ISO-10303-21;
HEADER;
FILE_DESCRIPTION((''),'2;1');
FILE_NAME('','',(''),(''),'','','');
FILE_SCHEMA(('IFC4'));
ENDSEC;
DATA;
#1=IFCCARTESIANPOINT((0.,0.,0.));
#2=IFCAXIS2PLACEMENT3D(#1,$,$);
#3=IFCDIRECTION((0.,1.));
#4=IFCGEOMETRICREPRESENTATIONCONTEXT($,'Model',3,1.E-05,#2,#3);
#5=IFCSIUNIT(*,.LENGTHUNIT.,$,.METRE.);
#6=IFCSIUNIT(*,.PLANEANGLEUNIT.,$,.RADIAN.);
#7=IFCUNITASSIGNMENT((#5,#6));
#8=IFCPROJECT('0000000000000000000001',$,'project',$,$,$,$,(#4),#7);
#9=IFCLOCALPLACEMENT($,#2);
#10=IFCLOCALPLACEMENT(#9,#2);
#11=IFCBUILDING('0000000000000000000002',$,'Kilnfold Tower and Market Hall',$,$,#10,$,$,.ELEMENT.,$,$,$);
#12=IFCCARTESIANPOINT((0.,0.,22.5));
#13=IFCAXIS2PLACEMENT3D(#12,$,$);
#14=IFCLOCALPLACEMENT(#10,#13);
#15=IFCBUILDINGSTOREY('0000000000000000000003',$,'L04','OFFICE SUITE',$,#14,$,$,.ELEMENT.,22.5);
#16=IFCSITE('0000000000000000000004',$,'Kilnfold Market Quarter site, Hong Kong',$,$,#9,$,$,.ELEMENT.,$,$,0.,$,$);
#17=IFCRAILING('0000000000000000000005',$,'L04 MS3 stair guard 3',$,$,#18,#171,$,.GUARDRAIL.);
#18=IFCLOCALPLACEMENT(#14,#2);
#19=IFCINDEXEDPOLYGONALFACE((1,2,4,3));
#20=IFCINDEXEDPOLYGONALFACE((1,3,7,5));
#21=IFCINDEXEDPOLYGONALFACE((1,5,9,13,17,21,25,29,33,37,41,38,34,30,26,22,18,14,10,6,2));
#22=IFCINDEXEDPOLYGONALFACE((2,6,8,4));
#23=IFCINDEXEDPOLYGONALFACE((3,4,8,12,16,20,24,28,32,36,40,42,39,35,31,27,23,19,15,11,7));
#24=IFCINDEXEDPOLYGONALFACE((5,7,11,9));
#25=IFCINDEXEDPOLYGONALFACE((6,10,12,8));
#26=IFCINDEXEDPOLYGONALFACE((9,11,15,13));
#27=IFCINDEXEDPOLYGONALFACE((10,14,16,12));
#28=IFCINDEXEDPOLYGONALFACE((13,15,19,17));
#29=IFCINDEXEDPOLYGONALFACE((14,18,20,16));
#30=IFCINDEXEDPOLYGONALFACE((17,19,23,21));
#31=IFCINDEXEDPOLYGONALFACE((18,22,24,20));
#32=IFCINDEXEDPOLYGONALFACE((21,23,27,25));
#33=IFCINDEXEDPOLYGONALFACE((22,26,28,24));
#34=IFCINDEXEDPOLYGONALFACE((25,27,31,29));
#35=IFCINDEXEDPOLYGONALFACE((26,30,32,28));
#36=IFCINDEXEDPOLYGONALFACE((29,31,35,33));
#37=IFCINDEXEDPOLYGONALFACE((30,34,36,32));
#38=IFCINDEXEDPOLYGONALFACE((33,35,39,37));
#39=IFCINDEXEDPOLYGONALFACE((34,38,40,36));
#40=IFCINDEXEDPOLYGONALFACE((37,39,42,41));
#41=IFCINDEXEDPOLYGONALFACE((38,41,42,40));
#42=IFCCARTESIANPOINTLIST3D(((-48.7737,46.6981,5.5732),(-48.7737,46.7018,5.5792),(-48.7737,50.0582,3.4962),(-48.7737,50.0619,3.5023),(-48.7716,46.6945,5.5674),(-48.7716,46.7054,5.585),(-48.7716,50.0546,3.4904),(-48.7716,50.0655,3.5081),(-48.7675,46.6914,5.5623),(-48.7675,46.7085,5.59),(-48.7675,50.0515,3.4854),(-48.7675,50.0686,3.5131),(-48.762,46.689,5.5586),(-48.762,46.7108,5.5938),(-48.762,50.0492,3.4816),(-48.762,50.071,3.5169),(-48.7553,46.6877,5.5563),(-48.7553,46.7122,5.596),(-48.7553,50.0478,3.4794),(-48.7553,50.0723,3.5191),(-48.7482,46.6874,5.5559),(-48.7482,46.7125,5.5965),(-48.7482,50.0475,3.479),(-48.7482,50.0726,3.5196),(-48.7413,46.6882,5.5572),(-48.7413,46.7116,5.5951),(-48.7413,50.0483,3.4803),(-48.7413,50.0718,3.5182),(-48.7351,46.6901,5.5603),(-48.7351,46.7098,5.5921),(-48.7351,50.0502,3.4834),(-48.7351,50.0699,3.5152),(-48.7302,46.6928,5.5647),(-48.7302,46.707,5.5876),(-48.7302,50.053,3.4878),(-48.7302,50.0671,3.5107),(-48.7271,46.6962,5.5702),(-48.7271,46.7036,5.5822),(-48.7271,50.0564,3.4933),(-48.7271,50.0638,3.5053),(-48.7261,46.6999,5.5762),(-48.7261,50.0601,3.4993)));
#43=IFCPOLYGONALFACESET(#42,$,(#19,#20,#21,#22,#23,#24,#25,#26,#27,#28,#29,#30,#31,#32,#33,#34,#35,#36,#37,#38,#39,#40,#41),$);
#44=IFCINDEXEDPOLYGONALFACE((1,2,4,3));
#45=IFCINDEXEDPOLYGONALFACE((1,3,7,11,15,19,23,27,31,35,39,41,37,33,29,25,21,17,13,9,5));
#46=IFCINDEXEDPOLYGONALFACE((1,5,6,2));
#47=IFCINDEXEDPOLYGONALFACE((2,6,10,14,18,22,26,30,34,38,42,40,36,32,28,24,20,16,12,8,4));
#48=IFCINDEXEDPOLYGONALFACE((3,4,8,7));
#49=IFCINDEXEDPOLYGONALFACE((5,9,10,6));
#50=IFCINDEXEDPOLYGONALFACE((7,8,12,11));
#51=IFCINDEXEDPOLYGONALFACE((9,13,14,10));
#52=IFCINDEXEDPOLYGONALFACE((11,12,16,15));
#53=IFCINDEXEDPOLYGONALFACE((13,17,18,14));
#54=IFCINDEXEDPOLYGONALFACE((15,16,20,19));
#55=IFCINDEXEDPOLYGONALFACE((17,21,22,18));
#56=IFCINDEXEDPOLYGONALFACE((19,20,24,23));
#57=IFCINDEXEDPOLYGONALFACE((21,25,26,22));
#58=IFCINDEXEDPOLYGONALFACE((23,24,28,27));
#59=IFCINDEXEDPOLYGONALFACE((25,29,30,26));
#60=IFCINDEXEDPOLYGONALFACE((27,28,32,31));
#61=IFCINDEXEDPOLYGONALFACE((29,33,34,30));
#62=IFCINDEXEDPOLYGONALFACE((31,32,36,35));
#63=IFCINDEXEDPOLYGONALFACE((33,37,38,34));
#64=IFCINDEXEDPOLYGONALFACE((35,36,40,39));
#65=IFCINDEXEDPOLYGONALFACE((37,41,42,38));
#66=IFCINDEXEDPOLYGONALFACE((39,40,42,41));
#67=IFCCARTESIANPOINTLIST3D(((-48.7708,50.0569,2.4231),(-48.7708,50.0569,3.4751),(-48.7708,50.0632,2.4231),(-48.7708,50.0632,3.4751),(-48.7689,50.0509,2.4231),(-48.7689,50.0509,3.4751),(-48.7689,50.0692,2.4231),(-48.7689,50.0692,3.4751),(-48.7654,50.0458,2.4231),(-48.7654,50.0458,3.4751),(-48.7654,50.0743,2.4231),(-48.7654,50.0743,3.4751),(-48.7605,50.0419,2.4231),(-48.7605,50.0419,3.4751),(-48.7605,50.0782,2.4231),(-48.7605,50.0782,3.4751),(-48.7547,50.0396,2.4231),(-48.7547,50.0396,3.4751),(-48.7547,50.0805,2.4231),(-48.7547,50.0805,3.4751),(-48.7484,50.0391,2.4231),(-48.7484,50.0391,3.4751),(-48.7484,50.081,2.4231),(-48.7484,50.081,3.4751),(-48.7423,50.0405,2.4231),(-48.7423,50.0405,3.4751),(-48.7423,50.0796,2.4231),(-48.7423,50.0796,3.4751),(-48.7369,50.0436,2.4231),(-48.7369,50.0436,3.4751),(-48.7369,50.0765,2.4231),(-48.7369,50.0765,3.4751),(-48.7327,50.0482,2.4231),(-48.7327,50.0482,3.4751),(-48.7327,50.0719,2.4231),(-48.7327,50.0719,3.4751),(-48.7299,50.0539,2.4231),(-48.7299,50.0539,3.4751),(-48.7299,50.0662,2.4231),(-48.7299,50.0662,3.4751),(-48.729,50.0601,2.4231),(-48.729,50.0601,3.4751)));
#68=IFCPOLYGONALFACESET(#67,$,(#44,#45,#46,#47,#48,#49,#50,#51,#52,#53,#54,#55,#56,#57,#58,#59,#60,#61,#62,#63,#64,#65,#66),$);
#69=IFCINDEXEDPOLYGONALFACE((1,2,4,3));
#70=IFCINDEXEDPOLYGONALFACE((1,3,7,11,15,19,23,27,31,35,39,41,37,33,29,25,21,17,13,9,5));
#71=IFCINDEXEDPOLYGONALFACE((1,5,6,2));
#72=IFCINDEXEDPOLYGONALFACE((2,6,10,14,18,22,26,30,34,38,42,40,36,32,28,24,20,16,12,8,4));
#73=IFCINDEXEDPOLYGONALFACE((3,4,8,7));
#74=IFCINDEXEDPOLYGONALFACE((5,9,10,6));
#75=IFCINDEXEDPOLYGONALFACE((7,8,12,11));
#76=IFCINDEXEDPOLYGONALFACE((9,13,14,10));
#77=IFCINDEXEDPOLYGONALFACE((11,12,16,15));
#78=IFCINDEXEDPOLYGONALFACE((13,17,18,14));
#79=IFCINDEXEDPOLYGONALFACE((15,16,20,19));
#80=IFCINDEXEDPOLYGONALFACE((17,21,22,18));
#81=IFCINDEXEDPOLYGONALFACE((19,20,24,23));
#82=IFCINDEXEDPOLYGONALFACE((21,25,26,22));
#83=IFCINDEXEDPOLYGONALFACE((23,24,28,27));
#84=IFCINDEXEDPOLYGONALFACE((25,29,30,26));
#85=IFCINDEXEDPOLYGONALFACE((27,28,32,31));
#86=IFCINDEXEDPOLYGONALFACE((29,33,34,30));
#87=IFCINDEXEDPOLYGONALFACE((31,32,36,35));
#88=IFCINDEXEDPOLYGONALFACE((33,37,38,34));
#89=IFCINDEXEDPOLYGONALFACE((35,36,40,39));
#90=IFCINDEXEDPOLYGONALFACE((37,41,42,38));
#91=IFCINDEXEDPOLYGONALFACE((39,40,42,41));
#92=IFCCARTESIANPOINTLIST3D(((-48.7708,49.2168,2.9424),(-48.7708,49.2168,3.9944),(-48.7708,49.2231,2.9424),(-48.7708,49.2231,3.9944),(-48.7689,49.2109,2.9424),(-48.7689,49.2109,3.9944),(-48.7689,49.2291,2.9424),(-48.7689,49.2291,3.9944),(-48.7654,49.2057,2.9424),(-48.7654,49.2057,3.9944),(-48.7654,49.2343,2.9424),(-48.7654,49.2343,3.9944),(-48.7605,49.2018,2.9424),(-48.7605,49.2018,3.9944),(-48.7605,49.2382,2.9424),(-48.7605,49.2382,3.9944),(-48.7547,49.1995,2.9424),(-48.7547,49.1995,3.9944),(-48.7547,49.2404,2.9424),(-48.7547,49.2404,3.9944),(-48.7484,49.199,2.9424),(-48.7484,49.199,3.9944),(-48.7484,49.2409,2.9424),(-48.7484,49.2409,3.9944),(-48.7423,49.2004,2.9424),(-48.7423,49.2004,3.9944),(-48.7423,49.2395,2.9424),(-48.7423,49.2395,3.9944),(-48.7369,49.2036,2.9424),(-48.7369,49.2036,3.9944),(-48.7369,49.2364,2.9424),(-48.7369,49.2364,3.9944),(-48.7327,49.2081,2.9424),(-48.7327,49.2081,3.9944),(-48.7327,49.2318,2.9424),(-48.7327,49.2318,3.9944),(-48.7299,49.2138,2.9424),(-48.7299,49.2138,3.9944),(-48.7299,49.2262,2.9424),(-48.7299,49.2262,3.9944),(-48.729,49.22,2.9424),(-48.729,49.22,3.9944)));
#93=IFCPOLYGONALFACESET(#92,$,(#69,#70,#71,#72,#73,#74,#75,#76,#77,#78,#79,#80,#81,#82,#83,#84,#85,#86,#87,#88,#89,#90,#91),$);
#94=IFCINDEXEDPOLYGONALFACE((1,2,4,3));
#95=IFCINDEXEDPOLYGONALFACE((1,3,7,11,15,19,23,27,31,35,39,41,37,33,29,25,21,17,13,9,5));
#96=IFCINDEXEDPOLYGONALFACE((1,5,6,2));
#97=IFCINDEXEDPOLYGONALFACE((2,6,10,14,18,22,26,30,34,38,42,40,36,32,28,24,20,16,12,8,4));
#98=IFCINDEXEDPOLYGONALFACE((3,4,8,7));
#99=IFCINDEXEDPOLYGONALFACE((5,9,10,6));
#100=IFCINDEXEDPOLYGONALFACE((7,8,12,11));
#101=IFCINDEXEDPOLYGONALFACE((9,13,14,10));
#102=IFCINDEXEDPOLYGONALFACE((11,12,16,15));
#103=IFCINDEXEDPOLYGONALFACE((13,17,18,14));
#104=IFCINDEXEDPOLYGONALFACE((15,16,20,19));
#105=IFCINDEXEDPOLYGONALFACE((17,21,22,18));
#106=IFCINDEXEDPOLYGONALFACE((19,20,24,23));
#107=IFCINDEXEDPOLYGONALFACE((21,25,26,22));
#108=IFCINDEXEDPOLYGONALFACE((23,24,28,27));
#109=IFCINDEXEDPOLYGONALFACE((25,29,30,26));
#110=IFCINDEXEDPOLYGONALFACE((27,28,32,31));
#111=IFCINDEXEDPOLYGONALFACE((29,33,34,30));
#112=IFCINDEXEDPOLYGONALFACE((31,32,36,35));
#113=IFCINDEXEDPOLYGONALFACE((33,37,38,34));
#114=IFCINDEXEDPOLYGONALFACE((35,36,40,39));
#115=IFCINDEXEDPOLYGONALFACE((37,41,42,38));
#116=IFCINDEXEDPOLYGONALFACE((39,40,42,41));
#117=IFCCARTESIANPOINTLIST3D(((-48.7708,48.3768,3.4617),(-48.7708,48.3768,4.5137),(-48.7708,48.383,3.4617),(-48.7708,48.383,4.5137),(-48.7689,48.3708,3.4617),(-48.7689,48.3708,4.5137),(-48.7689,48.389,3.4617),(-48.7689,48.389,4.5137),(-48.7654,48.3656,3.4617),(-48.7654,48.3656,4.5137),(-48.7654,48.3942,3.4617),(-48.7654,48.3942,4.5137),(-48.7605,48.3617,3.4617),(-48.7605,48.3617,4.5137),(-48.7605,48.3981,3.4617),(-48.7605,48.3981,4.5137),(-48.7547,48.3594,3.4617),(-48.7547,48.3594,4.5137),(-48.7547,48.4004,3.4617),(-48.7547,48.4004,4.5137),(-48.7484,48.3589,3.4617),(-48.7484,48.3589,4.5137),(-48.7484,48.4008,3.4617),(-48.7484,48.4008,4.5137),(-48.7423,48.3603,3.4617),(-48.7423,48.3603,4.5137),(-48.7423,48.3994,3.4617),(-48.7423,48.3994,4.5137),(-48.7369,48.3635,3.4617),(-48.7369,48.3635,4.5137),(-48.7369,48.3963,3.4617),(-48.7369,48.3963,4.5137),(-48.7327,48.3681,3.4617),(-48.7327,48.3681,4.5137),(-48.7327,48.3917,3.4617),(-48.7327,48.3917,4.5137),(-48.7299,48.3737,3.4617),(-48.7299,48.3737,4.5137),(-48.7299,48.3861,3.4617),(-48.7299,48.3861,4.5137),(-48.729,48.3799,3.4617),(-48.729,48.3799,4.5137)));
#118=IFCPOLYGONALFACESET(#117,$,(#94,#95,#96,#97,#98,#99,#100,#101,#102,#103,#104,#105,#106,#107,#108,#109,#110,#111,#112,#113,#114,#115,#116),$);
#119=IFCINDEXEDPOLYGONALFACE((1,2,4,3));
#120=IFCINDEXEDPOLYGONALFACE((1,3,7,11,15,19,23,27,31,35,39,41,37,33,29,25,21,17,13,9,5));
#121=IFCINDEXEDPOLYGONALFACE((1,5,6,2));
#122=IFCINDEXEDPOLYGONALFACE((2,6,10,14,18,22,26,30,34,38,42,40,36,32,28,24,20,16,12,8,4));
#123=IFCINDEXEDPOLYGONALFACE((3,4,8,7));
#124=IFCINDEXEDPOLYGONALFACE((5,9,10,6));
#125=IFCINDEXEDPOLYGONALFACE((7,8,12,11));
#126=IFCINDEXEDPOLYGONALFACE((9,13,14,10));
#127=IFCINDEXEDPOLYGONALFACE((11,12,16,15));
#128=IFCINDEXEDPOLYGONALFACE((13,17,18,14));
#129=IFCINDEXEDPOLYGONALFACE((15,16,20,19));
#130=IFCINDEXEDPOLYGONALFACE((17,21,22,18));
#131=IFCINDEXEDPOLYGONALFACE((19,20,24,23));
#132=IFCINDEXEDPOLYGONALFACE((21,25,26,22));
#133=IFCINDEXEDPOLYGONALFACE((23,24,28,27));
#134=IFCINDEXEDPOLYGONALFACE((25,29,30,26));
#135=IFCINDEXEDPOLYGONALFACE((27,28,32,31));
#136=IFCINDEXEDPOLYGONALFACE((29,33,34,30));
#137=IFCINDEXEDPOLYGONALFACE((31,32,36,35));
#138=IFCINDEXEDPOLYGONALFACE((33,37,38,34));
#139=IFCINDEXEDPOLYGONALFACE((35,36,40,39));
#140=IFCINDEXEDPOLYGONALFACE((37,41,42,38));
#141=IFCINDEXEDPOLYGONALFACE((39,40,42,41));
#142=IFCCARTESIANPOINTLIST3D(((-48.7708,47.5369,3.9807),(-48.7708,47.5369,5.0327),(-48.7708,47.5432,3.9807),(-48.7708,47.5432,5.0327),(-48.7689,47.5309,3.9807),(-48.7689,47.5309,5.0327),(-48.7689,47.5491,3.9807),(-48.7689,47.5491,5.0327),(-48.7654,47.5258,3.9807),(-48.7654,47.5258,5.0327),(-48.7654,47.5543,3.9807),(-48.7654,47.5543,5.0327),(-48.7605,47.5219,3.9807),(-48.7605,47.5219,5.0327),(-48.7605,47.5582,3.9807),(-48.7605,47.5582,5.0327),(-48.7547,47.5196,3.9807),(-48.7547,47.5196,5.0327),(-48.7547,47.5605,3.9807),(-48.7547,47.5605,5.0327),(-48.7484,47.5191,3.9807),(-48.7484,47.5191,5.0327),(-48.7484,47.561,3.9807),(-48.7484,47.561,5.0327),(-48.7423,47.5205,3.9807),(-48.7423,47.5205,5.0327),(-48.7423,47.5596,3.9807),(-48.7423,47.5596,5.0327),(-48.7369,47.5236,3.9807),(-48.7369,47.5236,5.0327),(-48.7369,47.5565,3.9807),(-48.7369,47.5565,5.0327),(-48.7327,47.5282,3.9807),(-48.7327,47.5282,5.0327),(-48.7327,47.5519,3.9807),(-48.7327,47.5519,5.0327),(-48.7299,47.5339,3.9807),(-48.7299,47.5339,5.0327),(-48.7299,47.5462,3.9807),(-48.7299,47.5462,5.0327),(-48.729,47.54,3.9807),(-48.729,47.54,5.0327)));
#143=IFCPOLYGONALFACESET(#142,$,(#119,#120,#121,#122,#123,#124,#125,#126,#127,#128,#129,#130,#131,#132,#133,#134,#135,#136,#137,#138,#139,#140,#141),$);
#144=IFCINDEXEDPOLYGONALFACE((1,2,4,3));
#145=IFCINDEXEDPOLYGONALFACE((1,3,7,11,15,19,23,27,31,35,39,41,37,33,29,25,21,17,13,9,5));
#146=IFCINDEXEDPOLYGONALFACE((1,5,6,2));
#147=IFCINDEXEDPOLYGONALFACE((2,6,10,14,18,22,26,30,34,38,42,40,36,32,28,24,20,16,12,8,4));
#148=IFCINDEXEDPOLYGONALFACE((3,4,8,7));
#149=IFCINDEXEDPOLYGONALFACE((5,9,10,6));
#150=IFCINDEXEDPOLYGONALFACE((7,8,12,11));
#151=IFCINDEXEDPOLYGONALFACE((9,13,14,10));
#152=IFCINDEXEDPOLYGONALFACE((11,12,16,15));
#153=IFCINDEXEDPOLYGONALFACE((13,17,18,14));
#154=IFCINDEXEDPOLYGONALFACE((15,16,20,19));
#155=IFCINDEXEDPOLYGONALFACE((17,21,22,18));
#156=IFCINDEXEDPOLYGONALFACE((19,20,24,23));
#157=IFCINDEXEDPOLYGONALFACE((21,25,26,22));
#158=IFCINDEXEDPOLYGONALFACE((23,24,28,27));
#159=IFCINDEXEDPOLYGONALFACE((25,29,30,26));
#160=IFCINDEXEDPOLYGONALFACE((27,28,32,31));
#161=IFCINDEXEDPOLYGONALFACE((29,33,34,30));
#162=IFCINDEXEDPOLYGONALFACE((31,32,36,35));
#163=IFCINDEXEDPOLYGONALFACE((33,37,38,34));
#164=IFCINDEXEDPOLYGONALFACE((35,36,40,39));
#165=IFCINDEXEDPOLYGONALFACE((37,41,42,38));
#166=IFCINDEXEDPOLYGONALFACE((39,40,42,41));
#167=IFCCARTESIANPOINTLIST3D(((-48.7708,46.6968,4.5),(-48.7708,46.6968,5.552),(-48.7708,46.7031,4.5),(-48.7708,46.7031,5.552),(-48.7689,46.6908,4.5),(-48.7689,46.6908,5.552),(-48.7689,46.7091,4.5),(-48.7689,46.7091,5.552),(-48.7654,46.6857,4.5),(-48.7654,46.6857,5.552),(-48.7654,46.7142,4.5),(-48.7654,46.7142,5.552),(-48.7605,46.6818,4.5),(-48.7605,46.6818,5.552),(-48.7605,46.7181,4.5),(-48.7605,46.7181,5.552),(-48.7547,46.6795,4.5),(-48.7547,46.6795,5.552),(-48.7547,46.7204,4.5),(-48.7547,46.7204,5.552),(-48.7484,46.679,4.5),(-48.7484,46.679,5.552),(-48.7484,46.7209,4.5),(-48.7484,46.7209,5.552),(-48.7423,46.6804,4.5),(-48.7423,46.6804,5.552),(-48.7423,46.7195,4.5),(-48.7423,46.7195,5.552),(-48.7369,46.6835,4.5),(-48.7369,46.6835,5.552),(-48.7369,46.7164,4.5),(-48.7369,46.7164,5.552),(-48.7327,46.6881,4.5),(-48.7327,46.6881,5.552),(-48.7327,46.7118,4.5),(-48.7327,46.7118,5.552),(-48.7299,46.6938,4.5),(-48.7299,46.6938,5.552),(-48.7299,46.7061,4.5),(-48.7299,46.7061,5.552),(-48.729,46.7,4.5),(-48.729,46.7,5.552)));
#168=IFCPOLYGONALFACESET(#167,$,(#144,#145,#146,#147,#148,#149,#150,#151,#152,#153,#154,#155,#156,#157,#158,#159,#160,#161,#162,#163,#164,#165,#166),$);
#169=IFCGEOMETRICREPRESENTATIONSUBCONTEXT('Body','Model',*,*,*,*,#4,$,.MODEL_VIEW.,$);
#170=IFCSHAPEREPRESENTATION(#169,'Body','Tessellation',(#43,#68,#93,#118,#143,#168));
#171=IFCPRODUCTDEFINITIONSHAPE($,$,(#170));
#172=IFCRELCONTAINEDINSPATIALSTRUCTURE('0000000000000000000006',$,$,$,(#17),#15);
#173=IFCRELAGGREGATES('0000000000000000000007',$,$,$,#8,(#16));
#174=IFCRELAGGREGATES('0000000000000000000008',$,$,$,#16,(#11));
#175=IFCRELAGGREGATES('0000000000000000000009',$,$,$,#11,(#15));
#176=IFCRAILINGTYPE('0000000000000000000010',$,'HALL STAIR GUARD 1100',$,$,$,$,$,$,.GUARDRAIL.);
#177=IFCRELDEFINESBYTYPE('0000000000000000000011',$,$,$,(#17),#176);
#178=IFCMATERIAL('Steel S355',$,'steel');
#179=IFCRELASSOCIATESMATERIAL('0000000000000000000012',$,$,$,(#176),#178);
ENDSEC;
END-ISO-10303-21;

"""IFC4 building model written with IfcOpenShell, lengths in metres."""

from ifc_helpers import new_model, si_unit, direction, frame, origin, origin_2d, place, context, subcontext, project, spatial, circle, extrude, material, type_object, element, save


model = new_model("IFC4")

# Units and contexts
model_context = context("Model", 3, precision=1e-05, world=origin(), true_north=direction((0.0, 1.0)))
body_context = subcontext(model_context, "Body", "Model", "MODEL_VIEW")
ifc_project = project(units=[si_unit("LENGTHUNIT", "METRE"), si_unit("PLANEANGLEUNIT", "RADIAN")], contexts=[model_context])

# Site, building, storey
site_placement = place(None, origin())
site = spatial("IfcSite", under=ifc_project, at=site_placement, Name="Kilnfold Market Quarter site, Hong Kong", CompositionType="ELEMENT", RefElevation=0.0)
building_placement = place(site_placement, origin())
building = spatial("IfcBuilding", under=site, at=building_placement, Name="Kilnfold Tower and Market Hall", CompositionType="ELEMENT")
storey_placement = place(building_placement, frame((0.0, 0.0, 22.5)))
storey = spatial("IfcBuildingStorey", under=building, at=storey_placement, Name="L04", Description="OFFICE SUITE", CompositionType="ELEMENT", Elevation=22.5)

# Railing
ifc_material_1 = material(Name="Steel S355", Category="steel")
railing_type_1 = type_object("IfcRailingType", Name="HALL STAIR GUARD 1100", PredefinedType="GUARDRAIL", material=ifc_material_1)
railing_1_placement = place(storey_placement, frame((-48.75, 50.0601, 2.4231)))
element("IfcRailing", 1, at=railing_1_placement, inside=storey, type_object=railing_type_1, Name="L04 MS3 stair guard 3", PredefinedType="GUARDRAIL", context=body_context, shape_type="SweptSolid", body=[
    extrude(circle(Radius=0.0239, at=origin_2d()), frame((0.0, 0.0, 1.0762), z_axis=(0.0, -0.850623, 0.525776), x_axis=(1.0, 0.0, 0.0)), (0.0, 0.0, 1.0), 3.9502),
    extrude(circle(Radius=0.021, at=origin_2d()), origin(), (0.0, 0.0, 1.0), 1.052),
    extrude(circle(Radius=0.021, at=origin_2d()), frame((0.0, -0.8401, 0.5193)), (0.0, 0.0, 1.0), 1.052),
    extrude(circle(Radius=0.021, at=origin_2d()), frame((0.0, -1.6802, 1.0386)), (0.0, 0.0, 1.0), 1.052),
    extrude(circle(Radius=0.021, at=origin_2d()), frame((0.0, -2.52, 1.5576)), (0.0, 0.0, 1.0), 1.052),
    extrude(circle(Radius=0.021, at=origin_2d()), frame((0.0, -3.3601, 2.0769)), (0.0, 0.0, 1.0), 1.052),
])

save(model, "model.ifc")
